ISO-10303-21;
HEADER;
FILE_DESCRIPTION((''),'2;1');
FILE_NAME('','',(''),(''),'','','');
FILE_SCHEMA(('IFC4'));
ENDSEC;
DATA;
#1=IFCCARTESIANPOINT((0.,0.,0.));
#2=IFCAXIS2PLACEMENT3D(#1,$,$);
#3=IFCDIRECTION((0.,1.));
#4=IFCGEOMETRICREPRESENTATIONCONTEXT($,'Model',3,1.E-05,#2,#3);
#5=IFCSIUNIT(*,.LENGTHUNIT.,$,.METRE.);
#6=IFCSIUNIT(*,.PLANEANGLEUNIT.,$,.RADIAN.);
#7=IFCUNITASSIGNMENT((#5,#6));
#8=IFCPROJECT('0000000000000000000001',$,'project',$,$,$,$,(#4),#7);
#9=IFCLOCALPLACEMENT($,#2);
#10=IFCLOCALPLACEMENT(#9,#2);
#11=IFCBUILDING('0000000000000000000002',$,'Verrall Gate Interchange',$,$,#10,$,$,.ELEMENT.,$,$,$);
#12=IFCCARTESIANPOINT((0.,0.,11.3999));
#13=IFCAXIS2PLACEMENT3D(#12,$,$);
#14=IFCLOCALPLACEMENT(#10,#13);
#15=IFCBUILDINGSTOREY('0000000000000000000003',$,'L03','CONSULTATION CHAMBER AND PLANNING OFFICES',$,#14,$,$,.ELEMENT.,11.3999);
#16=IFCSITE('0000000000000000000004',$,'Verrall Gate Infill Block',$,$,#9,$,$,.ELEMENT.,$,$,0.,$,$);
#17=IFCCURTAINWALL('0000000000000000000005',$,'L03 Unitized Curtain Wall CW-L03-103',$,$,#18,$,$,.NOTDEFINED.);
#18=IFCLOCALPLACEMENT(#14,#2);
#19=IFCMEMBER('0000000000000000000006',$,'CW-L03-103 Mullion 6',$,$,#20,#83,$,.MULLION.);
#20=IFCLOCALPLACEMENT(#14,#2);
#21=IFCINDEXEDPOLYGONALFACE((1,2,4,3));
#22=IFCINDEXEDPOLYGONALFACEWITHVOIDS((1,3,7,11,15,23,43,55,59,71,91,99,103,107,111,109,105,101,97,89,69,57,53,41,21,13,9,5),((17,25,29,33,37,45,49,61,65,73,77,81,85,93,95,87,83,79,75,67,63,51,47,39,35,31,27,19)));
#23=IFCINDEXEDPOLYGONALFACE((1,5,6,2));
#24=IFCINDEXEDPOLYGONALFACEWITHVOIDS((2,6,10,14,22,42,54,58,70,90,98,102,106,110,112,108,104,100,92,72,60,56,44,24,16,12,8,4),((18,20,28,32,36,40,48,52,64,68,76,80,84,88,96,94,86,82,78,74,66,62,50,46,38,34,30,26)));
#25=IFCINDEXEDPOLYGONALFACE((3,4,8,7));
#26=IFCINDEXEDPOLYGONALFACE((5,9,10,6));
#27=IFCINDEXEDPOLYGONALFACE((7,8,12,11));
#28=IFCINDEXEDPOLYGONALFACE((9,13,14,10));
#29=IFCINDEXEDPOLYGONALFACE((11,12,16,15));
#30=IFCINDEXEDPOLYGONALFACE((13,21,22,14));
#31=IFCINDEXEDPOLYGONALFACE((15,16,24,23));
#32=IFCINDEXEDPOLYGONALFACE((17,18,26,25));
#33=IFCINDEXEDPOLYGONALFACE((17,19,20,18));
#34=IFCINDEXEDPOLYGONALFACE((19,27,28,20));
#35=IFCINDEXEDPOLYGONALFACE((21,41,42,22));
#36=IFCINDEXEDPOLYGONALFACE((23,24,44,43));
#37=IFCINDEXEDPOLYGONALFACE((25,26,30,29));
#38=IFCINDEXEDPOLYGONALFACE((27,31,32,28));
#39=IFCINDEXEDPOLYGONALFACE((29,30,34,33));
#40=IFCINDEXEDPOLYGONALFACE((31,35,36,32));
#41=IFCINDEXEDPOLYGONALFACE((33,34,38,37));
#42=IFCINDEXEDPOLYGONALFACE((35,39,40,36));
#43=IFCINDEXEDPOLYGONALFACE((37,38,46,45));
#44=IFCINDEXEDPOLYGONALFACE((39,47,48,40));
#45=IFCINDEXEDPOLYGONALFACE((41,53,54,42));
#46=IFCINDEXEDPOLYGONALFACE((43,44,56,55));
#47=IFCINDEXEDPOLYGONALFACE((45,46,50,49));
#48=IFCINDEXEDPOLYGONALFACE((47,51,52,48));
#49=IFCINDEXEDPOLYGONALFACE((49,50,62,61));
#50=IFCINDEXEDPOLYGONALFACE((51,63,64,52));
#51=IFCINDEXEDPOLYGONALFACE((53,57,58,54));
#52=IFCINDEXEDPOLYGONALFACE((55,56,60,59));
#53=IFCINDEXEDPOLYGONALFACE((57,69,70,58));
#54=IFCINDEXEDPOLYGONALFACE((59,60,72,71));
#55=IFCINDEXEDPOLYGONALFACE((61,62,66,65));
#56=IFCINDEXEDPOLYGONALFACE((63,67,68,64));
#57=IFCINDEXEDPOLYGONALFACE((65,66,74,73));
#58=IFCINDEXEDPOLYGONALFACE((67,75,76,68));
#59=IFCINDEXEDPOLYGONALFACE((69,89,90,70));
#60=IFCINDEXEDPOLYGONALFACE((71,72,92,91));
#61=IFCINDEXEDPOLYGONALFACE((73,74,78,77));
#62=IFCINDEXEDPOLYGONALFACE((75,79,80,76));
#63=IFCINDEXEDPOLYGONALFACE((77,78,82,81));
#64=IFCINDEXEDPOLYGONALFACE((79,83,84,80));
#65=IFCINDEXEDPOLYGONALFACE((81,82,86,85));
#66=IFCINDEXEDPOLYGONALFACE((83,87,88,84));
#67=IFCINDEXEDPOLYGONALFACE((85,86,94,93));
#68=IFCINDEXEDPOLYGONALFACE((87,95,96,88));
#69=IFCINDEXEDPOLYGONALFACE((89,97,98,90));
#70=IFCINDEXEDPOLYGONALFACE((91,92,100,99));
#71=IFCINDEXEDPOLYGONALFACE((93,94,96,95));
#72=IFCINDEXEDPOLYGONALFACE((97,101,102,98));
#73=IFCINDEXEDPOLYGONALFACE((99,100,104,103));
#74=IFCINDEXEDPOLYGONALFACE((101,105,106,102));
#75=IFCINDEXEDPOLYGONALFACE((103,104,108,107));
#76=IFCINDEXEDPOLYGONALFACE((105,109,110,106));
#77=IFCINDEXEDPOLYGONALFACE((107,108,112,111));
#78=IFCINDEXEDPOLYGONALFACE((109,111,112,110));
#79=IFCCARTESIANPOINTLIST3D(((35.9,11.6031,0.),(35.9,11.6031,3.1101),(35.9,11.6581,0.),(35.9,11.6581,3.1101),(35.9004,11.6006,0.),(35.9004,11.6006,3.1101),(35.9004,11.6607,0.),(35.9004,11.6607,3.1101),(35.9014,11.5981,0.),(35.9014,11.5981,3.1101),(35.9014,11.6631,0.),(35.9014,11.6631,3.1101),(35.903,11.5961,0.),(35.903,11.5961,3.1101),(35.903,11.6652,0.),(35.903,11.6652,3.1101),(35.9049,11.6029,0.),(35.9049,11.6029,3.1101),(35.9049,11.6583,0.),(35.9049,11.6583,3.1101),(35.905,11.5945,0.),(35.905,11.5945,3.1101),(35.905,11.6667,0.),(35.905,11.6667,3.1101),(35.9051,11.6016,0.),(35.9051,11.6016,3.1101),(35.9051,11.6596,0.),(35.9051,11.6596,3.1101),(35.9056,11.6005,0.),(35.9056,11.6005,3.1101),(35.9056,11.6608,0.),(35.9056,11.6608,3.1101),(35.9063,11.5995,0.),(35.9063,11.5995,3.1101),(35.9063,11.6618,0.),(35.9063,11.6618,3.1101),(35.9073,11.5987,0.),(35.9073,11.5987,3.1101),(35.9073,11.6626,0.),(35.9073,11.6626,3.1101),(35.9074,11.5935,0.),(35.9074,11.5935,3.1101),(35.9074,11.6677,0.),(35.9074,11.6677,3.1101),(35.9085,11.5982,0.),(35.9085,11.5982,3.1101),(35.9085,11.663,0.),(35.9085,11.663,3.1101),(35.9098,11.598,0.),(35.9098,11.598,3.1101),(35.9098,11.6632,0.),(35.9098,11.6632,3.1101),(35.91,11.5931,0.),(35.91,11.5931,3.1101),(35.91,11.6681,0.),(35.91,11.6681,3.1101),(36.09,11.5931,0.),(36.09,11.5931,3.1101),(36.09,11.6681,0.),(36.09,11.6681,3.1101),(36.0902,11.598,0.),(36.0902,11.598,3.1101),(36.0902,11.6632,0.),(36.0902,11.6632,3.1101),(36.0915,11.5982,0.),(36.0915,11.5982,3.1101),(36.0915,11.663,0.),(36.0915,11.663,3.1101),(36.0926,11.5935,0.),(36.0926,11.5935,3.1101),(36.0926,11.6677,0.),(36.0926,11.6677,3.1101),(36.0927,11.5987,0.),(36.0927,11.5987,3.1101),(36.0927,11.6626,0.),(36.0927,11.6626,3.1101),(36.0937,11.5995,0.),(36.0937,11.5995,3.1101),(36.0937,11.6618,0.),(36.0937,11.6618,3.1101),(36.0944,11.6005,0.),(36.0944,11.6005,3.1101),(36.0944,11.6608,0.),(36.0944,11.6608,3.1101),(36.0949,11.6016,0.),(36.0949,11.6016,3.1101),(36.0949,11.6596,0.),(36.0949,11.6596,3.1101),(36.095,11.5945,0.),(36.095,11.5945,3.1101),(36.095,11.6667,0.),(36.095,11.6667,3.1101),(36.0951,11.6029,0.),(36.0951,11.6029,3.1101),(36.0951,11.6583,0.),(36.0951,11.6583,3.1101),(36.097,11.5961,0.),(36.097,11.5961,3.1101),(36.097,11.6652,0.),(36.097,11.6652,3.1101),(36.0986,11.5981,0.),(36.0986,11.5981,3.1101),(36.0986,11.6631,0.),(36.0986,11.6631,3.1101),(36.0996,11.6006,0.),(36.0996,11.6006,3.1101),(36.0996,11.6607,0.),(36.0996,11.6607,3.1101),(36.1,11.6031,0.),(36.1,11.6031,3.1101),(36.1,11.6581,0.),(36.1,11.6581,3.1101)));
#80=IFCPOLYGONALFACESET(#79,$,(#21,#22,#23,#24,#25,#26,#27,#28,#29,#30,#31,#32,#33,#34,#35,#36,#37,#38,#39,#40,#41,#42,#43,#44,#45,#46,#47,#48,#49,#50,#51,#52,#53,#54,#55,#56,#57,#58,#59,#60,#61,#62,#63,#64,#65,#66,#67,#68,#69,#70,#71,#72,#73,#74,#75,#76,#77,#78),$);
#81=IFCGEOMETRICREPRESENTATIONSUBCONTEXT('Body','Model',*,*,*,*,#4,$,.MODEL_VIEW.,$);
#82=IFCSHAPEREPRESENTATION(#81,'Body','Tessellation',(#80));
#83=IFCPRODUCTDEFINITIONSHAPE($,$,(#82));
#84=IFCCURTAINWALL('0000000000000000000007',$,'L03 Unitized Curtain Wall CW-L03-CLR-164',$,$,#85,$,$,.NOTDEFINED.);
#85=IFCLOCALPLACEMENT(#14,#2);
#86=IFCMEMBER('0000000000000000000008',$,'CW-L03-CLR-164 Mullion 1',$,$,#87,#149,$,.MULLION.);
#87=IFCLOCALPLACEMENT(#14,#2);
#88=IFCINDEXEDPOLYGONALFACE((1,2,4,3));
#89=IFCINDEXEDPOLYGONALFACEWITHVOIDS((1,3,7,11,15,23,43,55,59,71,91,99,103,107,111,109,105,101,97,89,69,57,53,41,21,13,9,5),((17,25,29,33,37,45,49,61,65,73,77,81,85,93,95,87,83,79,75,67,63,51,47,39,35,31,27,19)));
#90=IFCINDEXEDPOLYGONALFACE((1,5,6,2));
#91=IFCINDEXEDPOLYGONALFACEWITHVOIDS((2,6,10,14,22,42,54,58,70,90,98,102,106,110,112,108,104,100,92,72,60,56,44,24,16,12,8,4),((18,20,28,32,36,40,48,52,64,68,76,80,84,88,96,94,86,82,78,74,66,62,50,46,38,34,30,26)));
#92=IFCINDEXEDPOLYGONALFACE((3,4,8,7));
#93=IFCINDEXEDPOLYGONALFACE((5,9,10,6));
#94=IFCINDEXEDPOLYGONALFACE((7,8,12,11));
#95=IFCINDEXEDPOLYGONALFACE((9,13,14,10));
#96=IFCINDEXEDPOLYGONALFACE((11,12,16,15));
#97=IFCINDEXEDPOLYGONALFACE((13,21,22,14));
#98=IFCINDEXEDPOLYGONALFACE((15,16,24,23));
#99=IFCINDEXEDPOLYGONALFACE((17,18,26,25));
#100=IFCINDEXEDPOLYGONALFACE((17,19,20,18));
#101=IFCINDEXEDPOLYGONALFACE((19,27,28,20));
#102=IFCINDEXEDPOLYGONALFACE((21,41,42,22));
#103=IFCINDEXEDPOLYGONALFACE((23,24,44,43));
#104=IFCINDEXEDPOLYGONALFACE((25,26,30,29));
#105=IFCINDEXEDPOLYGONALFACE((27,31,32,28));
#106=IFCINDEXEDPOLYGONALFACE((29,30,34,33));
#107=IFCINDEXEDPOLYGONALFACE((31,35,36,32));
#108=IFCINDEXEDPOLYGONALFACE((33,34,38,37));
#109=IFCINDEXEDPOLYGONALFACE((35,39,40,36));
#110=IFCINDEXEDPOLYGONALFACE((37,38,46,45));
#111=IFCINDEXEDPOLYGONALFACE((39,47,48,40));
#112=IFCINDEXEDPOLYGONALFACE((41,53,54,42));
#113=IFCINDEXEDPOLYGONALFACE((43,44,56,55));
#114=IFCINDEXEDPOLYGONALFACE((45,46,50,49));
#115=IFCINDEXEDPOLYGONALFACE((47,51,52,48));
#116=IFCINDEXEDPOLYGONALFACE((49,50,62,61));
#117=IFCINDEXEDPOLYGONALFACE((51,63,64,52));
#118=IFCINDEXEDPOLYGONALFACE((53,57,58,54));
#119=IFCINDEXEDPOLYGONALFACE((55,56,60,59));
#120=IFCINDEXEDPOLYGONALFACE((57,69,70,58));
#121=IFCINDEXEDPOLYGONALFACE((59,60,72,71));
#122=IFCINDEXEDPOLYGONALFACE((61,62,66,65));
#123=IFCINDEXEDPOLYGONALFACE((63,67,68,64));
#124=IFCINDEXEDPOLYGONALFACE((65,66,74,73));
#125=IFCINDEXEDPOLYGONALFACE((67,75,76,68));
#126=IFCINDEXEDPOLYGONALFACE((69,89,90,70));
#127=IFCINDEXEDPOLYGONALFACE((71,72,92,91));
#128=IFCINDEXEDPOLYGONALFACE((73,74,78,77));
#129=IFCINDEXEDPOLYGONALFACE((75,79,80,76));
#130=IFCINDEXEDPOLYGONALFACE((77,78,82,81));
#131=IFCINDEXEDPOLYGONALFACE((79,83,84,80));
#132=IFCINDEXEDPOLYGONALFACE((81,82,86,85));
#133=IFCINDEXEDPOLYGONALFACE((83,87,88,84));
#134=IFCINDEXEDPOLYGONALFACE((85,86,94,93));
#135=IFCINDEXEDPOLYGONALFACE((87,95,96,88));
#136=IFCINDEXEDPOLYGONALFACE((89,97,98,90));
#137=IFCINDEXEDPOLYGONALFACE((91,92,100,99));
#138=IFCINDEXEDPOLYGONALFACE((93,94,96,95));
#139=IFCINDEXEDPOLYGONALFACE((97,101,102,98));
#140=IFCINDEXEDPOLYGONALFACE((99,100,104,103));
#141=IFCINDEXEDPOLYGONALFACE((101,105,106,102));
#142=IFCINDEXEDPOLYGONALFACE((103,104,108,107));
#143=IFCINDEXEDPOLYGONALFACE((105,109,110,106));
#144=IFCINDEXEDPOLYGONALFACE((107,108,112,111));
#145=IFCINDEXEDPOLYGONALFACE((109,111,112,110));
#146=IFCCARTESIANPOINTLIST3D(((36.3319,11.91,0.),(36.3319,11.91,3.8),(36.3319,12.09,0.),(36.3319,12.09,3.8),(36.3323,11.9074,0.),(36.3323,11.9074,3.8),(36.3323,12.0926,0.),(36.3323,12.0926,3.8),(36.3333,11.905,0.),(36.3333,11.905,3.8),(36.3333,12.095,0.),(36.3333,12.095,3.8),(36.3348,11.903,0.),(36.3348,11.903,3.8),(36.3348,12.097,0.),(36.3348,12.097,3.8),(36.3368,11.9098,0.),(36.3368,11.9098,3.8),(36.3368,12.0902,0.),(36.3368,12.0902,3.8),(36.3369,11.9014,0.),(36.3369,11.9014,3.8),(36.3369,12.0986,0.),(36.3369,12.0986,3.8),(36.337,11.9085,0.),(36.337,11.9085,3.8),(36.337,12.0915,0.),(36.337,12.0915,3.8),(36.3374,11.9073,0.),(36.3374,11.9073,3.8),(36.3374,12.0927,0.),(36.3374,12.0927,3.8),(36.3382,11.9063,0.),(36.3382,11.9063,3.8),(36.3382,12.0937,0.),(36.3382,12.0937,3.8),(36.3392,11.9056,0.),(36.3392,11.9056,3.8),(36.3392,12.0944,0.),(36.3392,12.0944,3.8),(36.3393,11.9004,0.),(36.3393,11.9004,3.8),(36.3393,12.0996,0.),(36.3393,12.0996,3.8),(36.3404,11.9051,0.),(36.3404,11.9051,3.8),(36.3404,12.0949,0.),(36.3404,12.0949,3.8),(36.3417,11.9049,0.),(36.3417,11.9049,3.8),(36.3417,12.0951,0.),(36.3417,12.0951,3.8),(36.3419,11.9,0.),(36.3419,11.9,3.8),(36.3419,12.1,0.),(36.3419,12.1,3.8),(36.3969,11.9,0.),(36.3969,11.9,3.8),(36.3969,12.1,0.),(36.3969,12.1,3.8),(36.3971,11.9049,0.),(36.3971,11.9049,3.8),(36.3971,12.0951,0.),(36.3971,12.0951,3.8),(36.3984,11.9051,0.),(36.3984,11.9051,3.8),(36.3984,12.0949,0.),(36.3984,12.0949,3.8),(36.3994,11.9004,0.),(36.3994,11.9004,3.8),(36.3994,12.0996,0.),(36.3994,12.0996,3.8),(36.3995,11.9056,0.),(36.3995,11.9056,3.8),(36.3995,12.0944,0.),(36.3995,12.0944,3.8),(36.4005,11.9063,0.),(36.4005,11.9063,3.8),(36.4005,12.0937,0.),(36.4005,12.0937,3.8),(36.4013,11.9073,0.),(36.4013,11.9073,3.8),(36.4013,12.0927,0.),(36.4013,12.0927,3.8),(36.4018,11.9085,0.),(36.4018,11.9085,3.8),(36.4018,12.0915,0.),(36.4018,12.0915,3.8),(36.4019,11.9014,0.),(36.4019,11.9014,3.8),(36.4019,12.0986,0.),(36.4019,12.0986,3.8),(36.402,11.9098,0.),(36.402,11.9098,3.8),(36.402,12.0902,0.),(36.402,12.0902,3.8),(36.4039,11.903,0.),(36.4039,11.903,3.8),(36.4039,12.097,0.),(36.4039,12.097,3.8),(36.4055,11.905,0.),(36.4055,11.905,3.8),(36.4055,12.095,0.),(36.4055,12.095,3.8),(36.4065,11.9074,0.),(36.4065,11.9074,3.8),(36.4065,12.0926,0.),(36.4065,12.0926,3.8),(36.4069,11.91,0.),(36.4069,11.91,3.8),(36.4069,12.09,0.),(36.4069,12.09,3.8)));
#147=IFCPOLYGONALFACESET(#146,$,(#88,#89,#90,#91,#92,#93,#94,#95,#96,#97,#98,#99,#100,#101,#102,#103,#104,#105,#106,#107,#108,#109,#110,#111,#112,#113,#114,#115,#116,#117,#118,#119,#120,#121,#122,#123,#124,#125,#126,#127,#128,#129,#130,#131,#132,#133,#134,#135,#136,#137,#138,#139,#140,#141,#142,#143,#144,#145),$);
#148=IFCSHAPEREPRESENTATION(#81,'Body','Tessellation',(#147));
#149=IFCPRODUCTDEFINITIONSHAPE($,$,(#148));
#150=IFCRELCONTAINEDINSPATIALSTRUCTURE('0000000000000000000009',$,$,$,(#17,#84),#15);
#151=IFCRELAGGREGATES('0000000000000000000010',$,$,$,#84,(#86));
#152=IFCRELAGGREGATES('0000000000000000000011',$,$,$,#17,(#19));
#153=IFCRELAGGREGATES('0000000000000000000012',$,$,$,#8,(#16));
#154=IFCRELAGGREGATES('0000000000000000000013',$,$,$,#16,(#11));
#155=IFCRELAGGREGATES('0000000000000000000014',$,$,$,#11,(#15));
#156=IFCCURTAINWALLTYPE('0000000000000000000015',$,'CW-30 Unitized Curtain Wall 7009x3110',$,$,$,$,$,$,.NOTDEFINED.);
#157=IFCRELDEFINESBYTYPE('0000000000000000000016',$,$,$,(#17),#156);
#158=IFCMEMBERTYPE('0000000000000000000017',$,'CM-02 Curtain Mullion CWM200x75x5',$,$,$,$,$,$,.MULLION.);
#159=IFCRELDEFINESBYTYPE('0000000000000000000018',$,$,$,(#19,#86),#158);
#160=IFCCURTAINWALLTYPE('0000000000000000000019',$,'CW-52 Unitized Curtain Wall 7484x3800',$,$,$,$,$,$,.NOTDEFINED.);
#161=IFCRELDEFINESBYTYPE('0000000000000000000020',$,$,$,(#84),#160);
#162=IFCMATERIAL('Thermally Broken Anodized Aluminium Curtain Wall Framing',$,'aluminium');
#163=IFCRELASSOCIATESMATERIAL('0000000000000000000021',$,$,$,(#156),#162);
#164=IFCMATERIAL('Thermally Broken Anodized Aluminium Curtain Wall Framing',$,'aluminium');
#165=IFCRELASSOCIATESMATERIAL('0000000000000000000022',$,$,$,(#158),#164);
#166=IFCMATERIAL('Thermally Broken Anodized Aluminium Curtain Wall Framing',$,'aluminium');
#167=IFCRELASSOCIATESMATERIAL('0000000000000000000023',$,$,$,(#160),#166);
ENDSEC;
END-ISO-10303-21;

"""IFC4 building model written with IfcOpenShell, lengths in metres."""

from ifc_helpers import new_model, si_unit, direction, frame, origin, origin_2d, place, context, subcontext, project, spatial, hollow_rectangle, extrude, material, material_profile, profile_set, type_object, element, aggregate, save


model = new_model("IFC4")

# Units and contexts
model_context = context("Model", 3, precision=1e-05, world=origin(), true_north=direction((0.0, 1.0)))
body_context = subcontext(model_context, "Body", "Model", "MODEL_VIEW")
ifc_project = project(units=[si_unit("LENGTHUNIT", "METRE"), si_unit("PLANEANGLEUNIT", "RADIAN")], contexts=[model_context])

# Site, building, storey
site_placement = place(None, origin())
site = spatial("IfcSite", under=ifc_project, at=site_placement, Name="Verrall Gate Infill Block", CompositionType="ELEMENT", RefElevation=0.0)
building_placement = place(site_placement, origin())
building = spatial("IfcBuilding", under=site, at=building_placement, Name="Verrall Gate Interchange", CompositionType="ELEMENT")
storey_placement = place(building_placement, frame((0.0, 0.0, 11.3999)))
storey = spatial("IfcBuildingStorey", under=building, at=storey_placement, Name="L03", Description="CONSULTATION CHAMBER AND PLANNING OFFICES", CompositionType="ELEMENT", Elevation=11.3999)

# Curtain walls, members
ifc_material_1 = material(Name="Thermally Broken Anodized Aluminium Curtain Wall Framing", Category="aluminium")
curtain_wall_type_1 = type_object("IfcCurtainWallType", Name="CW-30 Unitized Curtain Wall 7009x3110", PredefinedType="NOTDEFINED", material=ifc_material_1)
curtain_wall_1_placement = place(storey_placement, origin())
curtain_wall_1 = element("IfcCurtainWall", 1, at=curtain_wall_1_placement, inside=storey, type_object=curtain_wall_type_1, Name="L03 Unitized Curtain Wall CW-L03-103", PredefinedType="NOTDEFINED")
ifc_material_2 = material(Name="Thermally Broken Anodized Aluminium Curtain Wall Framing", Category="aluminium")
ifc_material_profile_1 = material_profile(ifc_material_2, hollow_rectangle(XDim=0.075, YDim=0.2, WallThickness=0.0049, InnerFilletRadius=0.0049, OuterFilletRadius=0.01, at=origin_2d()), Name="CWM200x75x5")
ifc_profile_set_1 = profile_set([ifc_material_profile_1], Name="Thermally Broken Anodized Aluminium Curtain Wall Framing")
member_type_1 = type_object("IfcMemberType", Name="CM-02 Curtain Mullion CWM200x75x5", PredefinedType="MULLION", material=ifc_profile_set_1)
member_1_placement = place(storey_placement, frame((36.0, 11.6306, 0.0), z_axis=(0.0, 0.0, 1.0), x_axis=(0.0, 1.0, 0.0)))
member_1 = element("IfcMember", 2, at=member_1_placement, type_object=member_type_1, Name="CW-L03-103 Mullion 6", PredefinedType="MULLION", context=body_context, shape_type="SweptSolid", body=[
    extrude(hollow_rectangle(XDim=0.075, YDim=0.2, WallThickness=0.0049, InnerFilletRadius=0.0049, OuterFilletRadius=0.01, at=origin_2d()), origin(), (0.0, 0.0, 1.0), 3.1101),
])
ifc_material_3 = material(Name="Thermally Broken Anodized Aluminium Curtain Wall Framing", Category="aluminium")
curtain_wall_type_2 = type_object("IfcCurtainWallType", Name="CW-52 Unitized Curtain Wall 7484x3800", PredefinedType="NOTDEFINED", material=ifc_material_3)
curtain_wall_2_placement = place(storey_placement, origin())
curtain_wall_2 = element("IfcCurtainWall", 3, at=curtain_wall_2_placement, inside=storey, type_object=curtain_wall_type_2, Name="L03 Unitized Curtain Wall CW-L03-CLR-164", PredefinedType="NOTDEFINED")
member_2_placement = place(storey_placement, frame((36.3694, 12.0, 0.0), z_axis=(0.0, 0.0, 1.0), x_axis=(1.0, 0.0, 0.0)))
member_2 = element("IfcMember", 4, at=member_2_placement, type_object=member_type_1, Name="CW-L03-CLR-164 Mullion 1", PredefinedType="MULLION", context=body_context, shape_type="SweptSolid", body=[
    extrude(hollow_rectangle(XDim=0.075, YDim=0.2, WallThickness=0.0049, InnerFilletRadius=0.0049, OuterFilletRadius=0.01, at=origin_2d()), origin(), (0.0, 0.0, 1.0), 3.8),
])
aggregate(curtain_wall_2, [member_2])

aggregate(curtain_wall_1, [member_1])

save(model, "model.ifc")
